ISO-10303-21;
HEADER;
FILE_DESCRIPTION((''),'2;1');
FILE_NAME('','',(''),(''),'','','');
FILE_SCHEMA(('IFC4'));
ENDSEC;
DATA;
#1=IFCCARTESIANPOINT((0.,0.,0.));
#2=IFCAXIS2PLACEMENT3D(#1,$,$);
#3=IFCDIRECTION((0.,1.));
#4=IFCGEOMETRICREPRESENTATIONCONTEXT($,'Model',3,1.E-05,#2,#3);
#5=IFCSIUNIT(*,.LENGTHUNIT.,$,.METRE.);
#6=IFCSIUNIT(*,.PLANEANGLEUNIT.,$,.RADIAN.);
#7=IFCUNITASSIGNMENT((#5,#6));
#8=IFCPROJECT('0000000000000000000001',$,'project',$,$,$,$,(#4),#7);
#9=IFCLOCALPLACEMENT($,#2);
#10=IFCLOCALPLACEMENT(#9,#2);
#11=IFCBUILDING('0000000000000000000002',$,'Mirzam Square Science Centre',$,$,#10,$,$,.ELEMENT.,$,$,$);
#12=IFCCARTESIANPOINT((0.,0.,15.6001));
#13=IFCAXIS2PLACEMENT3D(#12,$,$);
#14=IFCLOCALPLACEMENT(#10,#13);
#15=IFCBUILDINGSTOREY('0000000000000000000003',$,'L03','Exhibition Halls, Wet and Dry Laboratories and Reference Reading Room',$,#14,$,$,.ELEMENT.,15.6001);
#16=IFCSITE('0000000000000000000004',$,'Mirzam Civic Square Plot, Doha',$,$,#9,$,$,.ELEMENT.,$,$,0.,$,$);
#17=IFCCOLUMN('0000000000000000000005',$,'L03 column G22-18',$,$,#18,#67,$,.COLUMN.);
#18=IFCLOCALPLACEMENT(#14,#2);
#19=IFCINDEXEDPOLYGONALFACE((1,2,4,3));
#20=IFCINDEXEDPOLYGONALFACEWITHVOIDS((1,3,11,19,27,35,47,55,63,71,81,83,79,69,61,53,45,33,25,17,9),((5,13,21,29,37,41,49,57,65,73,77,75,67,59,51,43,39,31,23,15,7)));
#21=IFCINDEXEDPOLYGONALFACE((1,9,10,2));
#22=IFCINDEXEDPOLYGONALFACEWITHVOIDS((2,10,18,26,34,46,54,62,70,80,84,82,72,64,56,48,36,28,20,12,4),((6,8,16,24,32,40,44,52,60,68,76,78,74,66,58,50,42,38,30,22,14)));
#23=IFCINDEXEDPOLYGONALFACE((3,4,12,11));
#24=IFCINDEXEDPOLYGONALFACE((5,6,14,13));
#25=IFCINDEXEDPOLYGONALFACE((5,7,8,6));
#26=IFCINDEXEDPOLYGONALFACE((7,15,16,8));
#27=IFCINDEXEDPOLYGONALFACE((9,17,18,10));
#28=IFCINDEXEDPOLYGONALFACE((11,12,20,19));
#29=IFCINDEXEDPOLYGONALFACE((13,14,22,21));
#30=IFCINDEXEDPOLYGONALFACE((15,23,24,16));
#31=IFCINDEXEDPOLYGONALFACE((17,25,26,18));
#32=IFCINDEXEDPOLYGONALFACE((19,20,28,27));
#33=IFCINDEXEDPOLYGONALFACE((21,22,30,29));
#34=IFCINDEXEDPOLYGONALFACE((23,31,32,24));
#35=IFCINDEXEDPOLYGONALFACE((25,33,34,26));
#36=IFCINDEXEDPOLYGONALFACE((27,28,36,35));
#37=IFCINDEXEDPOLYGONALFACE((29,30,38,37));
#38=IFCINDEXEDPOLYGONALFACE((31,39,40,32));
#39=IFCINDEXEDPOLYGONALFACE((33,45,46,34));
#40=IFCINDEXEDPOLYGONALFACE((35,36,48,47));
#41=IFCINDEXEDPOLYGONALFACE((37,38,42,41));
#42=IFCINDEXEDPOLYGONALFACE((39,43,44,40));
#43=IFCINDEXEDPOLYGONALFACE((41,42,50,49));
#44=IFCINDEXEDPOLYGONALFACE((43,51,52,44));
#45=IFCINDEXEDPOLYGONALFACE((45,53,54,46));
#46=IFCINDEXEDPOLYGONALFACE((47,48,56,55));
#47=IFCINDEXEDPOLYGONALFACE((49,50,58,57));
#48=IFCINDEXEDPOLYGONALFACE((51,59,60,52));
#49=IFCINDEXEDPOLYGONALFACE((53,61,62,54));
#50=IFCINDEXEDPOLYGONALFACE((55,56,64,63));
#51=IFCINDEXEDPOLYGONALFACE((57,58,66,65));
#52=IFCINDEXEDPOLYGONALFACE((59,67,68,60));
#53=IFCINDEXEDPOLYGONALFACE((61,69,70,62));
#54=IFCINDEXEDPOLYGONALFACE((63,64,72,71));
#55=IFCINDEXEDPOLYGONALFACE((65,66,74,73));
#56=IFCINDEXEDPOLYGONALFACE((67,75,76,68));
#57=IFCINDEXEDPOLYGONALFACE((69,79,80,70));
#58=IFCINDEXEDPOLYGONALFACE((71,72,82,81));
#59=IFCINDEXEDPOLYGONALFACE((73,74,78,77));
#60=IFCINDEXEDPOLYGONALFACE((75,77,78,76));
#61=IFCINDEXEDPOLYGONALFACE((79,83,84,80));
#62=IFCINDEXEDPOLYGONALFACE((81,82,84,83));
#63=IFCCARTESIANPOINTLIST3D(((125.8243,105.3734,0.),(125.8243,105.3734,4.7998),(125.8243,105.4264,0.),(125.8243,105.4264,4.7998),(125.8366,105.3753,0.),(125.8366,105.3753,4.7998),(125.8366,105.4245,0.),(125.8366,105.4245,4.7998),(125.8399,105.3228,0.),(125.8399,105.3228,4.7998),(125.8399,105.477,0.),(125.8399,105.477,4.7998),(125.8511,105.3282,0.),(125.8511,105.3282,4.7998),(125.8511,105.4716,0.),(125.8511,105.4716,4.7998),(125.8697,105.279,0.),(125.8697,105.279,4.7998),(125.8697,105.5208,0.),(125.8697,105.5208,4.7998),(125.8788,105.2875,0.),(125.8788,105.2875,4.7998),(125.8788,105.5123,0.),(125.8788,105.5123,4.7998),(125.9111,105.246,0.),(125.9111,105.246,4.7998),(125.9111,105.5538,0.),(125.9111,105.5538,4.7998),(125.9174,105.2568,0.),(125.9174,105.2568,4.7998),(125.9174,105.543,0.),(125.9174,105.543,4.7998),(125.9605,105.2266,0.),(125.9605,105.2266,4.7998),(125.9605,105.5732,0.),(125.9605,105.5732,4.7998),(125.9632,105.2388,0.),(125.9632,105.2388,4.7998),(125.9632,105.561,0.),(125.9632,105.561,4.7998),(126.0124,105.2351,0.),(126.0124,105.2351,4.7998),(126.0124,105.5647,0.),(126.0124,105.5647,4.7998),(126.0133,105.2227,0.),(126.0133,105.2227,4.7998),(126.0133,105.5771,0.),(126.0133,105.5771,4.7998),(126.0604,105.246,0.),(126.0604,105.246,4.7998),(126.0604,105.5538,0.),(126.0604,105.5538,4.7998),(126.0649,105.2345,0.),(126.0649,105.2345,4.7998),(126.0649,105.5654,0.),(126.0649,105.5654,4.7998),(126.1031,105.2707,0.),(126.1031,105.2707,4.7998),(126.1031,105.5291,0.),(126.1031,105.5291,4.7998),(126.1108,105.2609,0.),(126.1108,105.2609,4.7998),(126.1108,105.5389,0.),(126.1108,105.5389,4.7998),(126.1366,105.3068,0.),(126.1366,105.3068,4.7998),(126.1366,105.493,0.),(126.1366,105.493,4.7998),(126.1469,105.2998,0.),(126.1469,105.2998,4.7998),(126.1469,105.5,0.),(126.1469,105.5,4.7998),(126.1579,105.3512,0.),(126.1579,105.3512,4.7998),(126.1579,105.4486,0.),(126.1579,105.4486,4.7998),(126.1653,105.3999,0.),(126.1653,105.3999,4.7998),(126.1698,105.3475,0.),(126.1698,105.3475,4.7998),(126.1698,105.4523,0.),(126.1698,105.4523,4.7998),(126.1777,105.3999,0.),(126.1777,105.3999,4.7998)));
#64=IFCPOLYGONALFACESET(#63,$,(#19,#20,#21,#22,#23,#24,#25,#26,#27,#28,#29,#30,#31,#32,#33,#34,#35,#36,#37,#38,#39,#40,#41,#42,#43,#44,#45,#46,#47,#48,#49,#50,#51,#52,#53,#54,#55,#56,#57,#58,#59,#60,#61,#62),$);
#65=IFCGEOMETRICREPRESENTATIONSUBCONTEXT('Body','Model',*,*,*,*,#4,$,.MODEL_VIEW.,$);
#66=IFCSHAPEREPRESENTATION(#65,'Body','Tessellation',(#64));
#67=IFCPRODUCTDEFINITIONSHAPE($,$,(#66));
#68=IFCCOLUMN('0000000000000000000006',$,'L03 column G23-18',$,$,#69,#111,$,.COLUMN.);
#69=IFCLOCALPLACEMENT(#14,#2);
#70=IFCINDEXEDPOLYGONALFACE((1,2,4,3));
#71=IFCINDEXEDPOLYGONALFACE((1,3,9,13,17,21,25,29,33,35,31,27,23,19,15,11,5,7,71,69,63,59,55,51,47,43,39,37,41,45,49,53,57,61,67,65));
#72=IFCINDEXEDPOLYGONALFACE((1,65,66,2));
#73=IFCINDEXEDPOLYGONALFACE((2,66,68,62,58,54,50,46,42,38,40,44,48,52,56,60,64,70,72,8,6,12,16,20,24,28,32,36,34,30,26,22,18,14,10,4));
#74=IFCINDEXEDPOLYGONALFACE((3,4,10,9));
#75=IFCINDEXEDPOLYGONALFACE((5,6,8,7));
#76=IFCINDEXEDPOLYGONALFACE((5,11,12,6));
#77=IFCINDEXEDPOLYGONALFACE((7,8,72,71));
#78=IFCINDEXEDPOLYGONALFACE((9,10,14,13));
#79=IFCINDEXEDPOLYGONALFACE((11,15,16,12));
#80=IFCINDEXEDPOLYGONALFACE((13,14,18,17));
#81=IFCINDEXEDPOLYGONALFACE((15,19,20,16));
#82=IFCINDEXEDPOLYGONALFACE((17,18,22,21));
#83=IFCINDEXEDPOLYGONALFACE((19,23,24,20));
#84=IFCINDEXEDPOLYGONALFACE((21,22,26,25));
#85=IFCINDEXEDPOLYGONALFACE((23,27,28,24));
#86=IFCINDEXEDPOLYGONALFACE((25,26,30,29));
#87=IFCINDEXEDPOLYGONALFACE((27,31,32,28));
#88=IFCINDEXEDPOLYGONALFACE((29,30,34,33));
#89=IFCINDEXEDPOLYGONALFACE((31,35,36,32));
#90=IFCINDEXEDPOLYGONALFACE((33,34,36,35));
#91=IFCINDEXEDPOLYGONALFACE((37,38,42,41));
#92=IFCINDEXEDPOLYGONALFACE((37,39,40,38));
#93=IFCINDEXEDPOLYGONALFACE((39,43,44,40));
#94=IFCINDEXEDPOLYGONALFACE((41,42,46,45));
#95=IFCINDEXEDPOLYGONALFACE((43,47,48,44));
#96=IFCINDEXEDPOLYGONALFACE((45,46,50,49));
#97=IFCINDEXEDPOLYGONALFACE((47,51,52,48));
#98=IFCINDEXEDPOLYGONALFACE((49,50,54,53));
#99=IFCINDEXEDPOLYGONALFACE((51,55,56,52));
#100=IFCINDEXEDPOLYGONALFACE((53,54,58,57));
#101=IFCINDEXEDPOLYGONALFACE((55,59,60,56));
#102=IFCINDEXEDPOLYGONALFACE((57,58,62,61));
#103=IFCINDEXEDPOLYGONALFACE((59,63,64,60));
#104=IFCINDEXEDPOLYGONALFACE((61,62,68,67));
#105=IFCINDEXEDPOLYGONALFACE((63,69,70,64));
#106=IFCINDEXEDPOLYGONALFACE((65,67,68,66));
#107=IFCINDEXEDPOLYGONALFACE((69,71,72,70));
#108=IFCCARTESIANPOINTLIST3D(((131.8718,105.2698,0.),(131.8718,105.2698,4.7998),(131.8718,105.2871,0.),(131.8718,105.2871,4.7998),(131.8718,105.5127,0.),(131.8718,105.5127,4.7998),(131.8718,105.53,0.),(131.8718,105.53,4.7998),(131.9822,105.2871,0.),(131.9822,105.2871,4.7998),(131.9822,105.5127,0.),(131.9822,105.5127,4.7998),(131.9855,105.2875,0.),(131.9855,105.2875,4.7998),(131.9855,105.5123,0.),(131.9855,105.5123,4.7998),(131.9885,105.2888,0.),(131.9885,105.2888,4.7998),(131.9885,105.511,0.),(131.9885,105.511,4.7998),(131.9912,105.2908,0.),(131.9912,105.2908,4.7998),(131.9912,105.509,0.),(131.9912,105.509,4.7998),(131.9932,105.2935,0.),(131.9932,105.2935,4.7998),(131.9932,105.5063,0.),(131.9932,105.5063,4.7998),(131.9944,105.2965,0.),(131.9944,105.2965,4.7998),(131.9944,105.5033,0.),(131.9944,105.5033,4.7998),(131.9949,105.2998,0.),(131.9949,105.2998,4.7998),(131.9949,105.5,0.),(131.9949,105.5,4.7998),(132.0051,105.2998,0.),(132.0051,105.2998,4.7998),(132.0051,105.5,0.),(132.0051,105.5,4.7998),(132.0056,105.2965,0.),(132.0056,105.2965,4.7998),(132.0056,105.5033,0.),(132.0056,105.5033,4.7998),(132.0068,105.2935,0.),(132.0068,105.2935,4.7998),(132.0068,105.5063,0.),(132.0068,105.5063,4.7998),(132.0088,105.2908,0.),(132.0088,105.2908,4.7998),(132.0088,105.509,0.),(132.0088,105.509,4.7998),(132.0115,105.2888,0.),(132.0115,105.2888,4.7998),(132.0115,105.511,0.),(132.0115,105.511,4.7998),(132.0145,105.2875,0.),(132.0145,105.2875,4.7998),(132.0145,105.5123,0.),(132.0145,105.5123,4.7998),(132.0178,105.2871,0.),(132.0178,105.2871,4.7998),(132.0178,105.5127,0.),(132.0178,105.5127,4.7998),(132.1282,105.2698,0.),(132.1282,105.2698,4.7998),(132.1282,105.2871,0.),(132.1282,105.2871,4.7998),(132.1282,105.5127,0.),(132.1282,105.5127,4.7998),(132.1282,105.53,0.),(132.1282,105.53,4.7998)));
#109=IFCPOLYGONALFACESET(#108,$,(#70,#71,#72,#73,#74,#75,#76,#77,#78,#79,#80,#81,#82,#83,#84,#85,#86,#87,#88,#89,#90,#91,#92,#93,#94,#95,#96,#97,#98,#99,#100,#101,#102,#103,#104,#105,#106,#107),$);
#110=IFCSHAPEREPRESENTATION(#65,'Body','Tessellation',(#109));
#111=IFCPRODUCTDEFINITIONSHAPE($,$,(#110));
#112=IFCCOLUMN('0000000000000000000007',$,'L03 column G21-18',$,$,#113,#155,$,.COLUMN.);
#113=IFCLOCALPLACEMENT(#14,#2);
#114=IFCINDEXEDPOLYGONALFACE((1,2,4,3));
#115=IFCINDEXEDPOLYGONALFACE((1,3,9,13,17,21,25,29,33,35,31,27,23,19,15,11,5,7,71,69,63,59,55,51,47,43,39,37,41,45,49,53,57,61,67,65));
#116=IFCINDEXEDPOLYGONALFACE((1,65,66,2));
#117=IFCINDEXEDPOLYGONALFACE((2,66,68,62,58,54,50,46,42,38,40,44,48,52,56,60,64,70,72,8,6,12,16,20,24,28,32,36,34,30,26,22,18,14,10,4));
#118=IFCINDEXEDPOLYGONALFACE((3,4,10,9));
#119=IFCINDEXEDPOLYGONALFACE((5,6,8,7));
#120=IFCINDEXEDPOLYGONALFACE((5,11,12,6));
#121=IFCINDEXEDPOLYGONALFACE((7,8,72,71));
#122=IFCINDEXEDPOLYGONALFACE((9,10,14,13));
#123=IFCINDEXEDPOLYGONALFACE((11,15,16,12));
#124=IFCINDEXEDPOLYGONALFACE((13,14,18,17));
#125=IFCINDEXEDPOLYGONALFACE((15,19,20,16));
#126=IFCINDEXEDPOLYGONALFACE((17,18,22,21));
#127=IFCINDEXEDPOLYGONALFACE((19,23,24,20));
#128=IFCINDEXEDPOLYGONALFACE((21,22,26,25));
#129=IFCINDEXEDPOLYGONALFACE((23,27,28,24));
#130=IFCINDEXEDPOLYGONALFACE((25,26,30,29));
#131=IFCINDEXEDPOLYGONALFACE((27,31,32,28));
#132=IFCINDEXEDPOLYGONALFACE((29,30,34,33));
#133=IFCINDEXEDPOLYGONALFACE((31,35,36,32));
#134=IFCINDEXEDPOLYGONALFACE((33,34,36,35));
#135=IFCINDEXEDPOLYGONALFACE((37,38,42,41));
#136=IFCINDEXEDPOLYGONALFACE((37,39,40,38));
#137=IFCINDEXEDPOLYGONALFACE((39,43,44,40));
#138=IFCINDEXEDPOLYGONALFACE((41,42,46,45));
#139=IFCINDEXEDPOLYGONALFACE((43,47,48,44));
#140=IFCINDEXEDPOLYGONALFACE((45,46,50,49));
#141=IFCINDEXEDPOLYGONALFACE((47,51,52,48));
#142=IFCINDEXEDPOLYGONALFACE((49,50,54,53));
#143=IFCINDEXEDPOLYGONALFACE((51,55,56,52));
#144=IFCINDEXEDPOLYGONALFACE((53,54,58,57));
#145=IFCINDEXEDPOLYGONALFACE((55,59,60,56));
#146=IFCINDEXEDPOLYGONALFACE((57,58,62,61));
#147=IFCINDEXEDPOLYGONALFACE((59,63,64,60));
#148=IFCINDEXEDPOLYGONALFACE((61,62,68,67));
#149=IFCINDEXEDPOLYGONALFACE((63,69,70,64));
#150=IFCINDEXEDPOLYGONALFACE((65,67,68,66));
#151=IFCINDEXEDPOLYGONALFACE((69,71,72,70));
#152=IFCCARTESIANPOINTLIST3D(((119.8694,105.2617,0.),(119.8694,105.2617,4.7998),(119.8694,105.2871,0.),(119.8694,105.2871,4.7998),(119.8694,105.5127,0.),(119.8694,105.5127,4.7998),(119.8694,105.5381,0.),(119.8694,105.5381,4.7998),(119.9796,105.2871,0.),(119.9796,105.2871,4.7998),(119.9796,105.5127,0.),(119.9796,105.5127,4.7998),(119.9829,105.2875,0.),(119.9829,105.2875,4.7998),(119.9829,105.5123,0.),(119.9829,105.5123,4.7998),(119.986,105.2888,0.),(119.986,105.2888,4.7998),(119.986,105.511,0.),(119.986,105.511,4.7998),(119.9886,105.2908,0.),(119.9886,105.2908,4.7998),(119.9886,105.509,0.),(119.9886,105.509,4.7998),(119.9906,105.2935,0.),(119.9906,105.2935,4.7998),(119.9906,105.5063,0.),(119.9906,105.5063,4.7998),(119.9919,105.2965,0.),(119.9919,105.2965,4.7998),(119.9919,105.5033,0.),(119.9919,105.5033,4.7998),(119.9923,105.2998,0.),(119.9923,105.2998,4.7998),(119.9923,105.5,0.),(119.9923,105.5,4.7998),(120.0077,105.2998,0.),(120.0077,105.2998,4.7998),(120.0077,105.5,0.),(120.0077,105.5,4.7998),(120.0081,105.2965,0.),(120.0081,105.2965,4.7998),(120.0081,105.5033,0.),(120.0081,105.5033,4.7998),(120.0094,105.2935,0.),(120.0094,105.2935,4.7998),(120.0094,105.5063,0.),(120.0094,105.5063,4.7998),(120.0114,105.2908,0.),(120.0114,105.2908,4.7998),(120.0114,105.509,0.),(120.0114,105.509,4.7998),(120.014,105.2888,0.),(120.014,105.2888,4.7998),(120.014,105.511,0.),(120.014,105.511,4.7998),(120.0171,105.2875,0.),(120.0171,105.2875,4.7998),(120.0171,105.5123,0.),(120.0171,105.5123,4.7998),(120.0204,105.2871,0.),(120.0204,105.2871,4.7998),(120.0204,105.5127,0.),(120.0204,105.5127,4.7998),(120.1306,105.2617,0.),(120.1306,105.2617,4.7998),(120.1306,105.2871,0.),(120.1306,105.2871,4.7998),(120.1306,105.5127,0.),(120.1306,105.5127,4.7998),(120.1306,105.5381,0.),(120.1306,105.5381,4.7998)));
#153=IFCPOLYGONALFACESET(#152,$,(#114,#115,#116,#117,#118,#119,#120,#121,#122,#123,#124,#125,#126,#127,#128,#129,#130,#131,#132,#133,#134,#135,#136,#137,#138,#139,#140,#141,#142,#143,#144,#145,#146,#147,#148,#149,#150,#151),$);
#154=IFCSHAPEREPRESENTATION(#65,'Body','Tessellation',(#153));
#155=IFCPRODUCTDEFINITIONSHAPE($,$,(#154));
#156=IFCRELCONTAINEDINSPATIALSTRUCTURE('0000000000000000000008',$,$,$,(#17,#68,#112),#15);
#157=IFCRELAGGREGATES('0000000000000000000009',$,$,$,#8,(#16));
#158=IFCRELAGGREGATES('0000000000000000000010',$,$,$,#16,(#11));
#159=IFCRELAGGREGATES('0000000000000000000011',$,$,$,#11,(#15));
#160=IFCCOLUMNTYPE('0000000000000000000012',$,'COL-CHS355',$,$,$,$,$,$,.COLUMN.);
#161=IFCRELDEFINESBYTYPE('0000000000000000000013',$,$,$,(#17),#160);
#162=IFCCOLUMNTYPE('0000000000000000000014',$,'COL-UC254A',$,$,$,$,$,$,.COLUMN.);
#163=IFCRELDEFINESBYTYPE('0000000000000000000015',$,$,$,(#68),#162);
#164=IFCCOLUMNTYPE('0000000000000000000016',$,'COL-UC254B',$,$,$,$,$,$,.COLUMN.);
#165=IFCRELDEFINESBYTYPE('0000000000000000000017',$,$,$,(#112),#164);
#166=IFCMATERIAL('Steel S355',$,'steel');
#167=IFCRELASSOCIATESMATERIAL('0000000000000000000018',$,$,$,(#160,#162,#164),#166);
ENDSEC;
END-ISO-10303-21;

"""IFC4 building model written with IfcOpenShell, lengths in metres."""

from ifc_helpers import new_model, si_unit, direction, frame, origin, origin_2d, place, context, subcontext, project, spatial, hollow_circle, i_section, extrude, material, material_profile, profile_set, type_object, element, save


model = new_model("IFC4")

# Units and contexts
model_context = context("Model", 3, precision=1e-05, world=origin(), true_north=direction((0.0, 1.0)))
body_context = subcontext(model_context, "Body", "Model", "MODEL_VIEW")
ifc_project = project(units=[si_unit("LENGTHUNIT", "METRE"), si_unit("PLANEANGLEUNIT", "RADIAN")], contexts=[model_context])

# Site, building, storey
site_placement = place(None, origin())
site = spatial("IfcSite", under=ifc_project, at=site_placement, Name="Mirzam Civic Square Plot, Doha", CompositionType="ELEMENT", RefElevation=0.0)
building_placement = place(site_placement, origin())
building = spatial("IfcBuilding", under=site, at=building_placement, Name="Mirzam Square Science Centre", CompositionType="ELEMENT")
storey_placement = place(building_placement, frame((0.0, 0.0, 15.6001)))
storey = spatial("IfcBuildingStorey", under=building, at=storey_placement, Name="L03", Description="Exhibition Halls, Wet and Dry Laboratories and Reference Reading Room", CompositionType="ELEMENT", Elevation=15.6001)

# Columns
ifc_material_1 = material(Name="Steel S355", Category="steel")
ifc_material_profile_1 = material_profile(ifc_material_1, hollow_circle(Radius=0.1777, WallThickness=0.0125, at=origin_2d()), Name="355.6x12.5CHS")
ifc_profile_set_1 = profile_set([ifc_material_profile_1], Name="Steel S355")
column_type_1 = type_object("IfcColumnType", Name="COL-CHS355", PredefinedType="COLUMN", material=ifc_profile_set_1)
column_1_placement = place(storey_placement, frame((126.0, 105.3999, 0.0), z_axis=(0.0, 0.0, 1.0), x_axis=(1.0, 0.0, 0.0)))
element("IfcColumn", 1, at=column_1_placement, inside=storey, type_object=column_type_1, Name="L03 column G22-18", PredefinedType="COLUMN", context=body_context, shape_type="SweptSolid", body=[
    extrude(hollow_circle(Radius=0.1777, WallThickness=0.0125, at=origin_2d()), origin(), (0.0, 0.0, 1.0), 4.7998),
])
ifc_material_profile_2 = material_profile(ifc_material_1, i_section(OverallWidth=0.2563, OverallDepth=0.2603, WebThickness=0.0103, FlangeThickness=0.0173, FilletRadius=0.0127, at=origin_2d()), Name="254x254x89UC")
ifc_profile_set_2 = profile_set([ifc_material_profile_2], Name="Steel S355")
column_type_2 = type_object("IfcColumnType", Name="COL-UC254A", PredefinedType="COLUMN", material=ifc_profile_set_2)
column_2_placement = place(storey_placement, frame((132.0, 105.3999, 0.0), z_axis=(0.0, 0.0, 1.0), x_axis=(1.0, 0.0, 0.0)))
element("IfcColumn", 2, at=column_2_placement, inside=storey, type_object=column_type_2, Name="L03 column G23-18", PredefinedType="COLUMN", context=body_context, shape_type="SweptSolid", body=[
    extrude(i_section(OverallWidth=0.2563, OverallDepth=0.2603, WebThickness=0.0103, FlangeThickness=0.0173, FilletRadius=0.0127, at=origin_2d()), origin(), (0.0, 0.0, 1.0), 4.7998),
])
ifc_material_profile_3 = material_profile(ifc_material_1, i_section(OverallWidth=0.2612, OverallDepth=0.2764, WebThickness=0.0154, FlangeThickness=0.0254, FilletRadius=0.0127, at=origin_2d()), Name="254x254x132UC")
ifc_profile_set_3 = profile_set([ifc_material_profile_3], Name="Steel S355")
column_type_3 = type_object("IfcColumnType", Name="COL-UC254B", PredefinedType="COLUMN", material=ifc_profile_set_3)
column_3_placement = place(storey_placement, frame((120.0, 105.3999, 0.0), z_axis=(0.0, 0.0, 1.0), x_axis=(1.0, 0.0, 0.0)))
element("IfcColumn", 3, at=column_3_placement, inside=storey, type_object=column_type_3, Name="L03 column G21-18", PredefinedType="COLUMN", context=body_context, shape_type="SweptSolid", body=[
    extrude(i_section(OverallWidth=0.2612, OverallDepth=0.2764, WebThickness=0.0154, FlangeThickness=0.0254, FilletRadius=0.0127, at=origin_2d()), origin(), (0.0, 0.0, 1.0), 4.7998),
])

save(model, "model.ifc")
